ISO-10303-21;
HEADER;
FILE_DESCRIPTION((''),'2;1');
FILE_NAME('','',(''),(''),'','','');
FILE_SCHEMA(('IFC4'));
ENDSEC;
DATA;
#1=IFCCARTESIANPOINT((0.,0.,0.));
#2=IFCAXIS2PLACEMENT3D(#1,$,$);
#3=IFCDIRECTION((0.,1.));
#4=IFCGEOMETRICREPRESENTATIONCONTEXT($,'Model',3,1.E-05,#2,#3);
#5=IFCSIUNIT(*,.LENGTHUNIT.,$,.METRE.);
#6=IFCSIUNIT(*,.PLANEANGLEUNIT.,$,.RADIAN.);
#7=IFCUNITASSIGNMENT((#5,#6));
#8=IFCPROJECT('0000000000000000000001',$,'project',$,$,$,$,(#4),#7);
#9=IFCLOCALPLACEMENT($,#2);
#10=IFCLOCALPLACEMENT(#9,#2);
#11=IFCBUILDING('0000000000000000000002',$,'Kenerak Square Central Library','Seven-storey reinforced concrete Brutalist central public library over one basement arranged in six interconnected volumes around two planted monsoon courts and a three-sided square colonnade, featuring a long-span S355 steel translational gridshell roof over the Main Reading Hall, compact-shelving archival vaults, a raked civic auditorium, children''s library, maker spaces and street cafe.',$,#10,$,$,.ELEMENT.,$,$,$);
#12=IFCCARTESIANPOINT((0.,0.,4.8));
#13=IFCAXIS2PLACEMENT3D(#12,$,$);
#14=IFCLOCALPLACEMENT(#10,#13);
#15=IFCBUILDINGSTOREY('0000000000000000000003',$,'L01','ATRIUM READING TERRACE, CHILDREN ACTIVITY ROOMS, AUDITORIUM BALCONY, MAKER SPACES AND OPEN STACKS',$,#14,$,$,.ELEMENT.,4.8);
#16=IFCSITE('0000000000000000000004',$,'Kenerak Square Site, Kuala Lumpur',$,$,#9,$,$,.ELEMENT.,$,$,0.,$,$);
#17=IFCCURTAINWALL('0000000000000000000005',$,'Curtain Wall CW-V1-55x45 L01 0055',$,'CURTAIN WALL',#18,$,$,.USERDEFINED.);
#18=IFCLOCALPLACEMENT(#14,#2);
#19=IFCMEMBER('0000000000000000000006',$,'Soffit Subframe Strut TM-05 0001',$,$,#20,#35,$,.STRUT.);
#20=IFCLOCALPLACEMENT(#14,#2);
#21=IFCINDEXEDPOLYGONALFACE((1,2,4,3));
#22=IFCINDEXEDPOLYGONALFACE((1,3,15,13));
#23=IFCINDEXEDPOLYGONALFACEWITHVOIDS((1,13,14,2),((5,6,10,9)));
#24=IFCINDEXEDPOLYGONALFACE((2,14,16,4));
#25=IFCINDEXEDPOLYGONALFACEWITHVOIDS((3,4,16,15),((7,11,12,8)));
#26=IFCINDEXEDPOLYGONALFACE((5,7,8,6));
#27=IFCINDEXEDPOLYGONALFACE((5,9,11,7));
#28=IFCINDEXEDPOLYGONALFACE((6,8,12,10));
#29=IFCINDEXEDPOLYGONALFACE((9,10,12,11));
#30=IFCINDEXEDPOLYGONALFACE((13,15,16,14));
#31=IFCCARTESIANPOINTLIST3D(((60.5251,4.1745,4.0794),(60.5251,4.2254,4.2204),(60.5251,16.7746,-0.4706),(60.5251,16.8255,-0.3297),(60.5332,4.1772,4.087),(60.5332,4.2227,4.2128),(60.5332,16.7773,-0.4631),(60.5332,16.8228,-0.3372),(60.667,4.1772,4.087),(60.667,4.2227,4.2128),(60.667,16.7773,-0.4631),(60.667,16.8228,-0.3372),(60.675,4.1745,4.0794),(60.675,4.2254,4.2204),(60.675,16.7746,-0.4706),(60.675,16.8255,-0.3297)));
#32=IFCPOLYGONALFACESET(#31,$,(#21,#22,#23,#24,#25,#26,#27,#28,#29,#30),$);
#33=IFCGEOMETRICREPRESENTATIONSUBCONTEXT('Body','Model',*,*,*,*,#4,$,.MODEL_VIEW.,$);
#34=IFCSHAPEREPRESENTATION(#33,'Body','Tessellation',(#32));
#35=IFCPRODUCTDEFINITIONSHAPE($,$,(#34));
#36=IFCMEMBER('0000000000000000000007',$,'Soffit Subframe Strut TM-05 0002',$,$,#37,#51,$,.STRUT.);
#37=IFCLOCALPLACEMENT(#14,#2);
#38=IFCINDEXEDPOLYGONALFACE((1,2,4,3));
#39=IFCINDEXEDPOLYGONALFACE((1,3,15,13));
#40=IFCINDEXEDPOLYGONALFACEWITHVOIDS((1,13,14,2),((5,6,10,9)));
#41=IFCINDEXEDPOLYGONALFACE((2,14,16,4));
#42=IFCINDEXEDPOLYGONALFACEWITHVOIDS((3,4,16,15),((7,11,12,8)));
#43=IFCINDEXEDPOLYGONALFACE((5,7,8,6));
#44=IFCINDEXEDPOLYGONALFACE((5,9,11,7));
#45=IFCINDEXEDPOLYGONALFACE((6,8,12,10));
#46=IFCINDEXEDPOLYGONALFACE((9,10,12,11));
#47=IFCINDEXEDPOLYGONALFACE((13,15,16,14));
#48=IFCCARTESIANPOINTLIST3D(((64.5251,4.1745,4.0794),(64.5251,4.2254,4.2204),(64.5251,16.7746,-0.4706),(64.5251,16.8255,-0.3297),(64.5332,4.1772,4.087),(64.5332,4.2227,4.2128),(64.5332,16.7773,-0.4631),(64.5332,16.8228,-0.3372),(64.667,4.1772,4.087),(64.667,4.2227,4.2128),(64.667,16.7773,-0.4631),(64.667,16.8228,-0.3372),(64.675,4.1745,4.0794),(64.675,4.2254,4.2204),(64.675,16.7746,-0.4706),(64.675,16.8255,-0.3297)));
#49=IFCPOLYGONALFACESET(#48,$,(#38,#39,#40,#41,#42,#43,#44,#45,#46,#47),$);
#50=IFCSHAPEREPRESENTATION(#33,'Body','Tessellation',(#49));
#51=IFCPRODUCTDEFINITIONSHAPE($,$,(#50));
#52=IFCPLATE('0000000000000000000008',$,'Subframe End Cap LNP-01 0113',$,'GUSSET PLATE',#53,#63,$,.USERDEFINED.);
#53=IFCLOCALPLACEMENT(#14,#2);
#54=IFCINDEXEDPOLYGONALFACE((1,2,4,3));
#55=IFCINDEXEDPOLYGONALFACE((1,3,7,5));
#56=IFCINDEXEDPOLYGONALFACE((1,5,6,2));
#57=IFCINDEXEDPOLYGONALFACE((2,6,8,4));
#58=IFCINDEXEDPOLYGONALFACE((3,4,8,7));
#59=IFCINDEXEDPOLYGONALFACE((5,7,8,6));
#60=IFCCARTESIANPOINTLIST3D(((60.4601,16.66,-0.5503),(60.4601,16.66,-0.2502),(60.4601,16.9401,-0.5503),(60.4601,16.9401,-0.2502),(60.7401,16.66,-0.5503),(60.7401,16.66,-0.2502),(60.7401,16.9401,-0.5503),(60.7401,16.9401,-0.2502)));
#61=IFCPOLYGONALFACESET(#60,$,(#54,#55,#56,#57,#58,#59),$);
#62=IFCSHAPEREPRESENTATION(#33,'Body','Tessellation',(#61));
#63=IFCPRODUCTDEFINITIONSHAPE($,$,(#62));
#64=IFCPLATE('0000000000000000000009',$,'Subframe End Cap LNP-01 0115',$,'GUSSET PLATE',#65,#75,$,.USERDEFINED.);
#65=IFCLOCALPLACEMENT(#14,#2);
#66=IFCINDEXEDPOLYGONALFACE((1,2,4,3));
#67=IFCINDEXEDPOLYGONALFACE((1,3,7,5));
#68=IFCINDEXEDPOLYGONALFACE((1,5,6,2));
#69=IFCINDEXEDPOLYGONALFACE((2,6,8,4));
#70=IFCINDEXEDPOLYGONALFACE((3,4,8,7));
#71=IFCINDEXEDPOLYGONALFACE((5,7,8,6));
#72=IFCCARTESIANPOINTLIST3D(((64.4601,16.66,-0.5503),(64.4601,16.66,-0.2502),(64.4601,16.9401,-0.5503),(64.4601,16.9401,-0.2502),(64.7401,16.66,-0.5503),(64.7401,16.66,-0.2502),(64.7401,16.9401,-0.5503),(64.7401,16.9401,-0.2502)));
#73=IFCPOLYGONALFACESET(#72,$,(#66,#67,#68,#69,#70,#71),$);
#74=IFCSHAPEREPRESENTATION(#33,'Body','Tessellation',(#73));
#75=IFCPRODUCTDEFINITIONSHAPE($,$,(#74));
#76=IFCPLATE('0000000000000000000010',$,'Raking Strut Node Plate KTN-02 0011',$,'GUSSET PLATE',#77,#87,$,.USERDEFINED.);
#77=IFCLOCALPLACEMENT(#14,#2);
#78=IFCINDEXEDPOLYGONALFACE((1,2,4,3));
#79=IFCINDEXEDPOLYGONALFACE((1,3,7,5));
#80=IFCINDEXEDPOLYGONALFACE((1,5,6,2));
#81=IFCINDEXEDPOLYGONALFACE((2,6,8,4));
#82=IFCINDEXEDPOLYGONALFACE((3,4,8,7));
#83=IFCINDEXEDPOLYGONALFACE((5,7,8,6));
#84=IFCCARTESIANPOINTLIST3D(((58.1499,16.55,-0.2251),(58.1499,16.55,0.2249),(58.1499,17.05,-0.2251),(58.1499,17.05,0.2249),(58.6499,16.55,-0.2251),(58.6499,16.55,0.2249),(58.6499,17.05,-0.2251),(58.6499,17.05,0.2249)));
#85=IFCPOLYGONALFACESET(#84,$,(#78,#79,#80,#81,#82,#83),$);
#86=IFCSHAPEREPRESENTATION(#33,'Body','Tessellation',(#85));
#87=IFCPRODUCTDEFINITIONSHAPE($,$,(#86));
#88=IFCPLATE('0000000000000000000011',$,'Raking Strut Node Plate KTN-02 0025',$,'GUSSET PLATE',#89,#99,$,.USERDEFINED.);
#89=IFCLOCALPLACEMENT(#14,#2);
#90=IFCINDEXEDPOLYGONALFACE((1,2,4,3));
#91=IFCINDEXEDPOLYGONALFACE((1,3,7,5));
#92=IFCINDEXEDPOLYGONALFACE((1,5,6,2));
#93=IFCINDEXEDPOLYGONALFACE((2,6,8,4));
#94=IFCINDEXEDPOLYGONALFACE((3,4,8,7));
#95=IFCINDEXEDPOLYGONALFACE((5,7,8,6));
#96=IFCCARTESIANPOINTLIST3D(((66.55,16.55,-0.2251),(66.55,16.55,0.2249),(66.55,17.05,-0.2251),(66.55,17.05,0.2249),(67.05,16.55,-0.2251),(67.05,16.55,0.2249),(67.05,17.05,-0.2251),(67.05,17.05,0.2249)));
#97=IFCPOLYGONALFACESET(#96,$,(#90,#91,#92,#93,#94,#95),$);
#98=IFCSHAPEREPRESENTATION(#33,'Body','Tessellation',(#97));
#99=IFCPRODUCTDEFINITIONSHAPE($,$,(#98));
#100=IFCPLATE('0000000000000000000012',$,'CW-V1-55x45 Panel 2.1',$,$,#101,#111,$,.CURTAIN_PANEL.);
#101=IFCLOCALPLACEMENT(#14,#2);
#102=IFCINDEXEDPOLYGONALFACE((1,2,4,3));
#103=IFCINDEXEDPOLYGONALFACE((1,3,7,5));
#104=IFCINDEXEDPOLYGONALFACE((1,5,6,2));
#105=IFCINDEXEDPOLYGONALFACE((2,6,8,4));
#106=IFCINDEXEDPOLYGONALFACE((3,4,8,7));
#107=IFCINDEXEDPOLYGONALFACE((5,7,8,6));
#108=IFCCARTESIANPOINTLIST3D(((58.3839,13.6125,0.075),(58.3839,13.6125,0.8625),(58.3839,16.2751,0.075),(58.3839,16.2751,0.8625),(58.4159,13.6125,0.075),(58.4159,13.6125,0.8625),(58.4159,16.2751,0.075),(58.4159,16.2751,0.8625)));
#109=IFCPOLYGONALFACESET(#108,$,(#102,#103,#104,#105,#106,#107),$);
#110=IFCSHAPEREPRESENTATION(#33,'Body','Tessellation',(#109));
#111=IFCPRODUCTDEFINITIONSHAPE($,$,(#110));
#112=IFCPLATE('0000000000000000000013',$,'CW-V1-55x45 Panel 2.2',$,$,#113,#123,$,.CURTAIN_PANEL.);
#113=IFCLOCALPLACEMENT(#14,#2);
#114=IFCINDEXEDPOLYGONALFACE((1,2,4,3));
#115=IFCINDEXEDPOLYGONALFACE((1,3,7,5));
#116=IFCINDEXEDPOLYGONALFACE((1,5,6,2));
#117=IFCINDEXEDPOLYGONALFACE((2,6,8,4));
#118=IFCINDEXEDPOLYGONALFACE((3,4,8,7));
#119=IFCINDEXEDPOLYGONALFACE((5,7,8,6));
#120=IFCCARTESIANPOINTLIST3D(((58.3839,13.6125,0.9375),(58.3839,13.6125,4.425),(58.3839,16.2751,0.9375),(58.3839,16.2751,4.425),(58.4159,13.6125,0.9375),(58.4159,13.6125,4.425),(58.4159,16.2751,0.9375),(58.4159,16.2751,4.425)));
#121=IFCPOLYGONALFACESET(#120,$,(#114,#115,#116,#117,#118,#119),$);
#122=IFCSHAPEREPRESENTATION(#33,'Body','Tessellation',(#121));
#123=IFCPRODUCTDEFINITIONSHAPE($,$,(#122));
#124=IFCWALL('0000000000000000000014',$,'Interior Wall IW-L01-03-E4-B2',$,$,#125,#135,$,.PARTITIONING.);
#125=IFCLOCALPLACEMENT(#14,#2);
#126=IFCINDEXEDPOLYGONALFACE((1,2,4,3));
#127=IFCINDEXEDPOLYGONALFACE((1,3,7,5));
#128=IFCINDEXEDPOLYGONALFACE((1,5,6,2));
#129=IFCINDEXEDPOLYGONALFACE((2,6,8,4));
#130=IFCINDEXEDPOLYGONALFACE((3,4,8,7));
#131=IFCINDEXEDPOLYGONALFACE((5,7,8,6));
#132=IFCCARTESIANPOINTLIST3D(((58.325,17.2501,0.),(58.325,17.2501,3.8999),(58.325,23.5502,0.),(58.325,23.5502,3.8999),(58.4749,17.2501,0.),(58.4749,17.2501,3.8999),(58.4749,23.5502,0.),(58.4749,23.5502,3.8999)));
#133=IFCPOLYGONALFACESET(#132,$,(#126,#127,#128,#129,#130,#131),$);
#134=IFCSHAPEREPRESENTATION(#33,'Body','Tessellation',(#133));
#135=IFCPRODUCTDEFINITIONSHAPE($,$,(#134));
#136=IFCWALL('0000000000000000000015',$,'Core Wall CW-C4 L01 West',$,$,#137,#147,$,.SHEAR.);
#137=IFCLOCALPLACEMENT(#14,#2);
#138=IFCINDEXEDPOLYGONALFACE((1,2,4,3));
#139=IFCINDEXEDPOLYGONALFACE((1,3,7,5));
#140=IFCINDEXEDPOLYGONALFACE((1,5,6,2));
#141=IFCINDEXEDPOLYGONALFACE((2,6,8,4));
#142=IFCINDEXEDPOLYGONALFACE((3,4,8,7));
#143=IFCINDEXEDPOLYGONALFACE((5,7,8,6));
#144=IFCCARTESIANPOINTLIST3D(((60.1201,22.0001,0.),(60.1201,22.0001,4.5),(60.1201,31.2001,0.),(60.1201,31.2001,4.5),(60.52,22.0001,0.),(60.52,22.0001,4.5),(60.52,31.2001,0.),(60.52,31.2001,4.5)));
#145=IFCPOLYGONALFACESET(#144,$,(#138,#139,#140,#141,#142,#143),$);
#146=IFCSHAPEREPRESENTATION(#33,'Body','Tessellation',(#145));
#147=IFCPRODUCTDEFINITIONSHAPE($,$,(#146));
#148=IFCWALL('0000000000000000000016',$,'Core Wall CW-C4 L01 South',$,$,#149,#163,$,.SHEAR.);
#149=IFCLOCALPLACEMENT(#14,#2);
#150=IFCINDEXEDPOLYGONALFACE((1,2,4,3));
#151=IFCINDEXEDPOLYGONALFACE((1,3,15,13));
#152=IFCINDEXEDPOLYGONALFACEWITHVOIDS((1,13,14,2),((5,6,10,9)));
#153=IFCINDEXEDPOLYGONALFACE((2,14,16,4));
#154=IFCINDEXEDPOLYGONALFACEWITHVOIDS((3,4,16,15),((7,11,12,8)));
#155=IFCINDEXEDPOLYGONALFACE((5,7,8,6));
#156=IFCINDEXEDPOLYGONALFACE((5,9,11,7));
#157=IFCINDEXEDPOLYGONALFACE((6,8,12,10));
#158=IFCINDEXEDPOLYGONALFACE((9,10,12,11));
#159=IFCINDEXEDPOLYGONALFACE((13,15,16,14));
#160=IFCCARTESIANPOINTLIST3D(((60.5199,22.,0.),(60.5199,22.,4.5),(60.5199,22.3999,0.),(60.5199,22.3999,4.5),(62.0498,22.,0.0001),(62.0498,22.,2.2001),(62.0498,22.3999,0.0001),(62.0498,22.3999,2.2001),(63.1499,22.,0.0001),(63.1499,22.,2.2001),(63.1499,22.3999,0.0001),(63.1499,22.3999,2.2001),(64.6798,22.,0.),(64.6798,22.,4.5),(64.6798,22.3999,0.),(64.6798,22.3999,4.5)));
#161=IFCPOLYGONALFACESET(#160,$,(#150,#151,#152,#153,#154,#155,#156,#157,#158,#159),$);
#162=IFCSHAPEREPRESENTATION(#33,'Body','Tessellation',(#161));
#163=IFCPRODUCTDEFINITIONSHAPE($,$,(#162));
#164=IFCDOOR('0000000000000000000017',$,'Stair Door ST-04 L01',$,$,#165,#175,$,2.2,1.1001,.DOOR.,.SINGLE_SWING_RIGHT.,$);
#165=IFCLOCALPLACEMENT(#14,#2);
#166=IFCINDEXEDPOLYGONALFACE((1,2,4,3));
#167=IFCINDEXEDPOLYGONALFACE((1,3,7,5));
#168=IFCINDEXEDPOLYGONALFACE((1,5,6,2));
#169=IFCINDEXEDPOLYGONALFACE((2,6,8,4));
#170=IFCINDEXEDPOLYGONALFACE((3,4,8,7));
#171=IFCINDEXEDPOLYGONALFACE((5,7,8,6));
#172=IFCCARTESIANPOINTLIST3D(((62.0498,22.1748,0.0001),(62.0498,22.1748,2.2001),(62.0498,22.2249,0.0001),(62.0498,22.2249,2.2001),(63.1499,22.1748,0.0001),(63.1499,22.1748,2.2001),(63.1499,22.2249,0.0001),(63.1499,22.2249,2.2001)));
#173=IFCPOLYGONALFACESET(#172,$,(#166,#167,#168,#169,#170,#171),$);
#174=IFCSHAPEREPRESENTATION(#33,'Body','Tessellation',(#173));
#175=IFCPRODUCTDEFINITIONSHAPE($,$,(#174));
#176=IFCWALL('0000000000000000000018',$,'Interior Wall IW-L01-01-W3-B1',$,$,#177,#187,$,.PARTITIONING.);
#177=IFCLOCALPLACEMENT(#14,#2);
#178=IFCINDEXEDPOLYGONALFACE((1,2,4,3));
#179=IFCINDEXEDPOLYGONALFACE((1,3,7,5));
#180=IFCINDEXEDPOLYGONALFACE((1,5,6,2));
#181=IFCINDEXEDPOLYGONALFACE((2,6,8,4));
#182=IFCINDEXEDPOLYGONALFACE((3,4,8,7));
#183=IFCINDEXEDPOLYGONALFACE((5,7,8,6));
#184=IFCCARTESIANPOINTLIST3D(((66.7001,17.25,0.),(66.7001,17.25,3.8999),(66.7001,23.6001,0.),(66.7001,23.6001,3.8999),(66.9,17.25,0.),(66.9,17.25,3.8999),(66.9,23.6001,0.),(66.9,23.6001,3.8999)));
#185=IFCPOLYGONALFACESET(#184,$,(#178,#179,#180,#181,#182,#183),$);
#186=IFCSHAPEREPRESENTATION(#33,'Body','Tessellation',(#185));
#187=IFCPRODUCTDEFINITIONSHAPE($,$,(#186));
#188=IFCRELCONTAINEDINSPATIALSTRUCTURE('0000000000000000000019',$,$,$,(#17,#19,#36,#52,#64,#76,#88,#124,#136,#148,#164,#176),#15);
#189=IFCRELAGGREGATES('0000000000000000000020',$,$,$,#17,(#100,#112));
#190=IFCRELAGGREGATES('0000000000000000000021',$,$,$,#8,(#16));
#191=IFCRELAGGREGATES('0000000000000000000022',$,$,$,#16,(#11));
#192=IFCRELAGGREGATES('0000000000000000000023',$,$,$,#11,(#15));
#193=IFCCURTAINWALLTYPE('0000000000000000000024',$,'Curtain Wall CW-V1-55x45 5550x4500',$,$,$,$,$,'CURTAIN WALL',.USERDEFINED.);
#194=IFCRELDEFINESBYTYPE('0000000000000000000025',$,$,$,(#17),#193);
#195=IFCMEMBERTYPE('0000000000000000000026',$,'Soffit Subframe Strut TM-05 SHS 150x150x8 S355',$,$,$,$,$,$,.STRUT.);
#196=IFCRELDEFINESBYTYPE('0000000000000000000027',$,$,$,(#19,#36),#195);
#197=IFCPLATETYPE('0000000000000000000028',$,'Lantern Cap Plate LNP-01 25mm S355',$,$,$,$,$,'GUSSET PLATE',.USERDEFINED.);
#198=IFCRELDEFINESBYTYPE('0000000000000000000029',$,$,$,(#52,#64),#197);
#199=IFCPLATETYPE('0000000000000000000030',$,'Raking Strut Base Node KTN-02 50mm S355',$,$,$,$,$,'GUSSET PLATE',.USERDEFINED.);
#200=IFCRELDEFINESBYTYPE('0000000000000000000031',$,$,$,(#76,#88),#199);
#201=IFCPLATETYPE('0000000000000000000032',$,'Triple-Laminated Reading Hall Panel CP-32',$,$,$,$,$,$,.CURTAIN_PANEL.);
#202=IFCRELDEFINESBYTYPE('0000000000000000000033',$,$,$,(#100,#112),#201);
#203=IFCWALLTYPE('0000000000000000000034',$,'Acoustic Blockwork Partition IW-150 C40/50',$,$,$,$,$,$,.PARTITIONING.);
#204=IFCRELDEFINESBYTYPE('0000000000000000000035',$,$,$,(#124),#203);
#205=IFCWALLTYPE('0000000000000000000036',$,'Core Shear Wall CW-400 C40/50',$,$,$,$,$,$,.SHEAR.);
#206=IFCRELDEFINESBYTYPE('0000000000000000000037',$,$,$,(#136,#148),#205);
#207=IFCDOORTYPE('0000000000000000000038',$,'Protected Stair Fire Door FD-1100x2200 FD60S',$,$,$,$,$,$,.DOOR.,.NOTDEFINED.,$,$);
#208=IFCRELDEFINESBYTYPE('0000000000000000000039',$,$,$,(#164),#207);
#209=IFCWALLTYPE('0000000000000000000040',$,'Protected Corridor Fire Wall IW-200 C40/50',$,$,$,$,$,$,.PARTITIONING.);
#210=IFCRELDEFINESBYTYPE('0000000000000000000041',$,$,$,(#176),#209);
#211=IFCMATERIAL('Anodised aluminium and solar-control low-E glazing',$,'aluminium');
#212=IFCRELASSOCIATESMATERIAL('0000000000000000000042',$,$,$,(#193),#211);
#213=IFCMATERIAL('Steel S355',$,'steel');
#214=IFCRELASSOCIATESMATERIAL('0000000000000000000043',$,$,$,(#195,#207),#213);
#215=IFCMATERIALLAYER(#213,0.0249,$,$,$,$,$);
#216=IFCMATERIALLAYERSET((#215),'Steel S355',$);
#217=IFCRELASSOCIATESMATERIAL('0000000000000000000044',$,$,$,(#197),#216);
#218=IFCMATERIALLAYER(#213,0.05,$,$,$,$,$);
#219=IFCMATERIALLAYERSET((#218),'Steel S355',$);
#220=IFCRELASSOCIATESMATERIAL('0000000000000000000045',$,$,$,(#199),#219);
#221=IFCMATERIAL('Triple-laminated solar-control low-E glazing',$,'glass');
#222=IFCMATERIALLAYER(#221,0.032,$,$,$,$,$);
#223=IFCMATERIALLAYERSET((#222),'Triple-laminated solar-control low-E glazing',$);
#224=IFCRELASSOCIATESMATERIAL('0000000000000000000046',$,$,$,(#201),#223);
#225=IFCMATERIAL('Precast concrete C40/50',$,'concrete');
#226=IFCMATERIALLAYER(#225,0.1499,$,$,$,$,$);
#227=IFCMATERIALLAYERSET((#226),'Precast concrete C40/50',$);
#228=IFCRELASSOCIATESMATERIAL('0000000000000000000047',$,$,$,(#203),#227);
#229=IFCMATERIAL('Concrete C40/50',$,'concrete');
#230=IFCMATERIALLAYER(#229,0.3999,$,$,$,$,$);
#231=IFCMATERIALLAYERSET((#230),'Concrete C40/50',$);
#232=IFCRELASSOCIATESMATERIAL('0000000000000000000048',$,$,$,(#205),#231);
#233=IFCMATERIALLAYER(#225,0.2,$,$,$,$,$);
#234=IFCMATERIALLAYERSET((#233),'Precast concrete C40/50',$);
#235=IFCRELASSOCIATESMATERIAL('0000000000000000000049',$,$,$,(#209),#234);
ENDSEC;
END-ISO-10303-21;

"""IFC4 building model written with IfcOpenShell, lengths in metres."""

from ifc_helpers import new_model, si_unit, direction, frame, frame_2d, origin, origin_2d, place, context, subcontext, project, spatial, rectangle, hollow_rectangle, extrude, material, layer, layer_set, material_profile, profile_set, type_object, element, fill, aggregate, save


model = new_model("IFC4")

# Units and contexts
model_context = context("Model", 3, precision=1e-05, world=origin(), true_north=direction((0.0, 1.0)))
body_context = subcontext(model_context, "Body", "Model", "MODEL_VIEW")
ifc_project = project(units=[si_unit("LENGTHUNIT", "METRE"), si_unit("PLANEANGLEUNIT", "RADIAN")], contexts=[model_context])

# Site, building, storey
site_placement = place(None, origin())
site = spatial("IfcSite", under=ifc_project, at=site_placement, Name="Kenerak Square Site, Kuala Lumpur", CompositionType="ELEMENT", RefElevation=0.0)
building_placement = place(site_placement, origin())
building = spatial("IfcBuilding", under=site, at=building_placement, Name="Kenerak Square Central Library", Description="Seven-storey reinforced concrete Brutalist central public library over one basement arranged in six interconnected volumes around two planted monsoon courts and a three-sided square colonnade, featuring a long-span S355 steel translational gridshell roof over the Main Reading Hall, compact-shelving archival vaults, a raked civic auditorium, children's library, maker spaces and street cafe.", CompositionType="ELEMENT")
storey_placement = place(building_placement, frame((0.0, 0.0, 4.8)))
storey = spatial("IfcBuildingStorey", under=building, at=storey_placement, Name="L01", Description="ATRIUM READING TERRACE, CHILDREN ACTIVITY ROOMS, AUDITORIUM BALCONY, MAKER SPACES AND OPEN STACKS", CompositionType="ELEMENT", Elevation=4.8)

# Shared definitions
ifc_material_1 = material(Name="Steel S355", Category="steel")

# Curtain wall
ifc_material_2 = material(Name="Anodised aluminium and solar-control low-E glazing", Category="aluminium")
curtain_wall_type = type_object("IfcCurtainWallType", Name="Curtain Wall CW-V1-55x45 5550x4500", ElementType="CURTAIN WALL", PredefinedType="USERDEFINED", material=ifc_material_2)
curtain_wall_placement = place(storey_placement, origin())
curtain_wall = element("IfcCurtainWall", 1, at=curtain_wall_placement, inside=storey, type_object=curtain_wall_type, Name="Curtain Wall CW-V1-55x45 L01 0055", ObjectType="CURTAIN WALL", PredefinedType="USERDEFINED")

# Shared definitions
ifc_material_3 = material(Name="Concrete C40/50", Category="concrete")

# Members
ifc_material_profile_1 = material_profile(ifc_material_1, hollow_rectangle(XDim=0.1499, YDim=0.1499, WallThickness=0.0081, at=origin_2d()), Name="SHS 150x150x8.0")
ifc_profile_set_1 = profile_set([ifc_material_profile_1], Name="Steel S355")
member_type_1 = type_object("IfcMemberType", Name="Soffit Subframe Strut TM-05 SHS 150x150x8 S355", PredefinedType="STRUT", material=ifc_profile_set_1)
for number, where, z_axis, x_axis, name in (
    (2, (60.6001, 16.8, -0.4001), (0.0, -0.940554, 0.339645), (1.0, 0.0, 0.0), "Soffit Subframe Strut TM-05 0001"),
    (3, (64.6001, 16.8, -0.4001), (0.0, -0.940554, 0.339645), (1.0, 0.0, 0.0), "Soffit Subframe Strut TM-05 0002"),
):
    element("IfcMember", number, at=place(storey_placement, frame(where, z_axis=z_axis, x_axis=x_axis)), inside=storey, type_object=member_type_1, Name=name, PredefinedType="STRUT", context=body_context, shape_type="SweptSolid", body=[
        extrude(hollow_rectangle(XDim=0.1499, YDim=0.1499, WallThickness=0.0081, at=origin_2d()), origin(), (0.0, 0.0, 1.0), 13.3965),
    ])

# Plates
ifc_layer_1 = layer(ifc_material_1, 0.0249)
ifc_layer_set_1 = layer_set([ifc_layer_1], Name="Steel S355")
plate_type_1 = type_object("IfcPlateType", Name="Lantern Cap Plate LNP-01 25mm S355", ElementType="GUSSET PLATE", PredefinedType="USERDEFINED", material=ifc_layer_set_1)
for number, where, z_axis, x_axis, name in (
    (4, (60.6001, 16.8, -0.5503), (0.0, 0.0, 1.0), (1.0, 0.0, 0.0), "Subframe End Cap LNP-01 0113"),
    (5, (64.6001, 16.8, -0.5503), (0.0, 0.0, 1.0), (1.0, 0.0, 0.0), "Subframe End Cap LNP-01 0115"),
):
    element("IfcPlate", number, at=place(storey_placement, frame(where, z_axis=z_axis, x_axis=x_axis)), inside=storey, type_object=plate_type_1, Name=name, ObjectType="GUSSET PLATE", PredefinedType="USERDEFINED", context=body_context, shape_type="SweptSolid", body=[
        extrude(rectangle(XDim=0.28, YDim=0.28, at=origin_2d()), origin(), (0.0, 0.0, 1.0), 0.3),
    ])
ifc_layer_2 = layer(ifc_material_1, 0.05)
ifc_layer_set_2 = layer_set([ifc_layer_2], Name="Steel S355")
plate_type_2 = type_object("IfcPlateType", Name="Raking Strut Base Node KTN-02 50mm S355", ElementType="GUSSET PLATE", PredefinedType="USERDEFINED", material=ifc_layer_set_2)
for number, where, z_axis, x_axis, name in (
    (6, (58.3999, 16.8, -0.2251), (0.0, 0.0, 1.0), (1.0, 0.0, 0.0), "Raking Strut Node Plate KTN-02 0011"),
    (7, (66.8, 16.8, -0.2251), (0.0, 0.0, 1.0), (1.0, 0.0, 0.0), "Raking Strut Node Plate KTN-02 0025"),
):
    element("IfcPlate", number, at=place(storey_placement, frame(where, z_axis=z_axis, x_axis=x_axis)), inside=storey, type_object=plate_type_2, Name=name, ObjectType="GUSSET PLATE", PredefinedType="USERDEFINED", context=body_context, shape_type="SweptSolid", body=[
        extrude(rectangle(XDim=0.5, YDim=0.5, at=origin_2d()), origin(), (0.0, 0.0, 1.0), 0.45),
    ])

# Plates
ifc_material_4 = material(Name="Triple-laminated solar-control low-E glazing", Category="glass")
ifc_layer_3 = layer(ifc_material_4, 0.032)
ifc_layer_set_3 = layer_set([ifc_layer_3], Name="Triple-laminated solar-control low-E glazing")
plate_type_3 = type_object("IfcPlateType", Name="Triple-Laminated Reading Hall Panel CP-32", PredefinedType="CURTAIN_PANEL", material=ifc_layer_set_3)
plate_1_placement = place(storey_placement, frame((58.3999, 14.9438, 0.075), z_axis=(0.0, 0.0, 1.0), x_axis=(0.0, 1.0, 0.0)))
plate_1 = element("IfcPlate", 8, at=plate_1_placement, type_object=plate_type_3, Name="CW-V1-55x45 Panel 2.1", PredefinedType="CURTAIN_PANEL", context=body_context, shape_type="SweptSolid", body=[
    extrude(rectangle(XDim=2.6626, YDim=0.032, at=origin_2d()), origin(), (0.0, 0.0, 1.0), 0.7876),
])
plate_2_placement = place(storey_placement, frame((58.3999, 14.9438, 0.9375), z_axis=(0.0, 0.0, 1.0), x_axis=(0.0, 1.0, 0.0)))
plate_2 = element("IfcPlate", 9, at=plate_2_placement, type_object=plate_type_3, Name="CW-V1-55x45 Panel 2.2", PredefinedType="CURTAIN_PANEL", context=body_context, shape_type="SweptSolid", body=[
    extrude(rectangle(XDim=2.6626, YDim=0.032, at=origin_2d()), origin(), (0.0, 0.0, 1.0), 3.4875),
])
aggregate(curtain_wall, [plate_1, plate_2])

# Walls
ifc_material_5 = material(Name="Precast concrete C40/50", Category="concrete")
ifc_layer_4 = layer(ifc_material_5, 0.1499)
ifc_layer_set_4 = layer_set([ifc_layer_4], Name="Precast concrete C40/50")
wall_type_1 = type_object("IfcWallType", Name="Acoustic Blockwork Partition IW-150 C40/50", PredefinedType="PARTITIONING", material=ifc_layer_set_4)
wall_1_placement = place(storey_placement, frame((58.3999, 23.55, 0.0), z_axis=(0.0, 0.0, 1.0), x_axis=(0.0, -1.0, 0.0)))
element("IfcWall", 10, at=wall_1_placement, inside=storey, type_object=wall_type_1, Name="Interior Wall IW-L01-03-E4-B2", PredefinedType="PARTITIONING", context=body_context, shape_type="SweptSolid", body=[
    extrude(rectangle(XDim=6.3, YDim=0.1499, at=frame_2d((3.1499, 0.0))), origin(), (0.0, 0.0, 1.0), 3.8999),
])
ifc_layer_5 = layer(ifc_material_3, 0.3999)
ifc_layer_set_5 = layer_set([ifc_layer_5], Name="Concrete C40/50")
wall_type_2 = type_object("IfcWallType", Name="Core Shear Wall CW-400 C40/50", PredefinedType="SHEAR", material=ifc_layer_set_5)
wall_2_placement = place(storey_placement, frame((60.3201, 22.0, 0.0), z_axis=(0.0, 0.0, 1.0), x_axis=(0.0, 1.0, 0.0)))
element("IfcWall", 11, at=wall_2_placement, inside=storey, type_object=wall_type_2, Name="Core Wall CW-C4 L01 West", PredefinedType="SHEAR", context=body_context, shape_type="SweptSolid", body=[
    extrude(rectangle(XDim=9.2, YDim=0.3999, at=frame_2d((4.6001, 0.0))), origin(), (0.0, 0.0, 1.0), 4.5),
])

# Wall, opening, door
wall_3_placement = place(storey_placement, frame((64.6799, 22.2, 0.0), z_axis=(0.0, 0.0, 1.0), x_axis=(-1.0, 0.0, 0.0)))
wall_3 = element("IfcWall", 12, at=wall_3_placement, inside=storey, type_object=wall_type_2, Name="Core Wall CW-C4 L01 South", PredefinedType="SHEAR", context=body_context, shape_type="SweptSolid", body=[
    extrude(rectangle(XDim=4.1599, YDim=0.3999, at=frame_2d((2.0801, 0.0))), origin(), (0.0, 0.0, 1.0), 4.5),
])
opening_placement = place(wall_3_placement, frame((1.53, 0.0, 0.0)))
opening = element("IfcOpeningElement", 13, at=opening_placement, cuts=wall_3, PredefinedType="OPENING", context=body_context, shape_type="SweptSolid", body=[
    extrude(rectangle(XDim=1.1001, YDim=2.2, at=frame_2d((0.55, 1.1001))), frame((0.0, 0.21, 0.0), z_axis=(0.0, -1.0, 0.0), x_axis=(1.0, 0.0, 0.0)), (0.0, 0.0, 1.0), 0.4199),
])
door_type = type_object("IfcDoorType", Name="Protected Stair Fire Door FD-1100x2200 FD60S", OperationType="NOTDEFINED", PredefinedType="DOOR", material=ifc_material_1)
door_placement = place(opening_placement, frame((1.1001, 0.0, 0.0), z_axis=(0.0, 0.0, 1.0), x_axis=(-1.0, 0.0, 0.0)))
door = element("IfcDoor", 14, at=door_placement, inside=storey, type_object=door_type, Name="Stair Door ST-04 L01", OperationType="SINGLE_SWING_RIGHT", OverallHeight=2.2, OverallWidth=1.1001, PredefinedType="DOOR", context=body_context, shape_type="SweptSolid", body=[
    extrude(rectangle(XDim=1.1001, YDim=2.2, at=frame_2d((0.55, 1.1001))), frame((0.0, 0.0249, 0.0), z_axis=(0.0, -1.0, 0.0), x_axis=(1.0, 0.0, 0.0)), (0.0, 0.0, 1.0), 0.05),
])
fill(opening, door)

# Wall
ifc_layer_6 = layer(ifc_material_5, 0.2)
ifc_layer_set_6 = layer_set([ifc_layer_6], Name="Precast concrete C40/50")
wall_type_3 = type_object("IfcWallType", Name="Protected Corridor Fire Wall IW-200 C40/50", PredefinedType="PARTITIONING", material=ifc_layer_set_6)
wall_4_placement = place(storey_placement, frame((66.8, 17.25, 0.0), z_axis=(0.0, 0.0, 1.0), x_axis=(0.0, 1.0, 0.0)))
element("IfcWall", 15, at=wall_4_placement, inside=storey, type_object=wall_type_3, Name="Interior Wall IW-L01-01-W3-B1", PredefinedType="PARTITIONING", context=body_context, shape_type="SweptSolid", body=[
    extrude(rectangle(XDim=6.3501, YDim=0.2, at=frame_2d((3.175, 0.0))), origin(), (0.0, 0.0, 1.0), 3.8999),
])

save(model, "model.ifc")
